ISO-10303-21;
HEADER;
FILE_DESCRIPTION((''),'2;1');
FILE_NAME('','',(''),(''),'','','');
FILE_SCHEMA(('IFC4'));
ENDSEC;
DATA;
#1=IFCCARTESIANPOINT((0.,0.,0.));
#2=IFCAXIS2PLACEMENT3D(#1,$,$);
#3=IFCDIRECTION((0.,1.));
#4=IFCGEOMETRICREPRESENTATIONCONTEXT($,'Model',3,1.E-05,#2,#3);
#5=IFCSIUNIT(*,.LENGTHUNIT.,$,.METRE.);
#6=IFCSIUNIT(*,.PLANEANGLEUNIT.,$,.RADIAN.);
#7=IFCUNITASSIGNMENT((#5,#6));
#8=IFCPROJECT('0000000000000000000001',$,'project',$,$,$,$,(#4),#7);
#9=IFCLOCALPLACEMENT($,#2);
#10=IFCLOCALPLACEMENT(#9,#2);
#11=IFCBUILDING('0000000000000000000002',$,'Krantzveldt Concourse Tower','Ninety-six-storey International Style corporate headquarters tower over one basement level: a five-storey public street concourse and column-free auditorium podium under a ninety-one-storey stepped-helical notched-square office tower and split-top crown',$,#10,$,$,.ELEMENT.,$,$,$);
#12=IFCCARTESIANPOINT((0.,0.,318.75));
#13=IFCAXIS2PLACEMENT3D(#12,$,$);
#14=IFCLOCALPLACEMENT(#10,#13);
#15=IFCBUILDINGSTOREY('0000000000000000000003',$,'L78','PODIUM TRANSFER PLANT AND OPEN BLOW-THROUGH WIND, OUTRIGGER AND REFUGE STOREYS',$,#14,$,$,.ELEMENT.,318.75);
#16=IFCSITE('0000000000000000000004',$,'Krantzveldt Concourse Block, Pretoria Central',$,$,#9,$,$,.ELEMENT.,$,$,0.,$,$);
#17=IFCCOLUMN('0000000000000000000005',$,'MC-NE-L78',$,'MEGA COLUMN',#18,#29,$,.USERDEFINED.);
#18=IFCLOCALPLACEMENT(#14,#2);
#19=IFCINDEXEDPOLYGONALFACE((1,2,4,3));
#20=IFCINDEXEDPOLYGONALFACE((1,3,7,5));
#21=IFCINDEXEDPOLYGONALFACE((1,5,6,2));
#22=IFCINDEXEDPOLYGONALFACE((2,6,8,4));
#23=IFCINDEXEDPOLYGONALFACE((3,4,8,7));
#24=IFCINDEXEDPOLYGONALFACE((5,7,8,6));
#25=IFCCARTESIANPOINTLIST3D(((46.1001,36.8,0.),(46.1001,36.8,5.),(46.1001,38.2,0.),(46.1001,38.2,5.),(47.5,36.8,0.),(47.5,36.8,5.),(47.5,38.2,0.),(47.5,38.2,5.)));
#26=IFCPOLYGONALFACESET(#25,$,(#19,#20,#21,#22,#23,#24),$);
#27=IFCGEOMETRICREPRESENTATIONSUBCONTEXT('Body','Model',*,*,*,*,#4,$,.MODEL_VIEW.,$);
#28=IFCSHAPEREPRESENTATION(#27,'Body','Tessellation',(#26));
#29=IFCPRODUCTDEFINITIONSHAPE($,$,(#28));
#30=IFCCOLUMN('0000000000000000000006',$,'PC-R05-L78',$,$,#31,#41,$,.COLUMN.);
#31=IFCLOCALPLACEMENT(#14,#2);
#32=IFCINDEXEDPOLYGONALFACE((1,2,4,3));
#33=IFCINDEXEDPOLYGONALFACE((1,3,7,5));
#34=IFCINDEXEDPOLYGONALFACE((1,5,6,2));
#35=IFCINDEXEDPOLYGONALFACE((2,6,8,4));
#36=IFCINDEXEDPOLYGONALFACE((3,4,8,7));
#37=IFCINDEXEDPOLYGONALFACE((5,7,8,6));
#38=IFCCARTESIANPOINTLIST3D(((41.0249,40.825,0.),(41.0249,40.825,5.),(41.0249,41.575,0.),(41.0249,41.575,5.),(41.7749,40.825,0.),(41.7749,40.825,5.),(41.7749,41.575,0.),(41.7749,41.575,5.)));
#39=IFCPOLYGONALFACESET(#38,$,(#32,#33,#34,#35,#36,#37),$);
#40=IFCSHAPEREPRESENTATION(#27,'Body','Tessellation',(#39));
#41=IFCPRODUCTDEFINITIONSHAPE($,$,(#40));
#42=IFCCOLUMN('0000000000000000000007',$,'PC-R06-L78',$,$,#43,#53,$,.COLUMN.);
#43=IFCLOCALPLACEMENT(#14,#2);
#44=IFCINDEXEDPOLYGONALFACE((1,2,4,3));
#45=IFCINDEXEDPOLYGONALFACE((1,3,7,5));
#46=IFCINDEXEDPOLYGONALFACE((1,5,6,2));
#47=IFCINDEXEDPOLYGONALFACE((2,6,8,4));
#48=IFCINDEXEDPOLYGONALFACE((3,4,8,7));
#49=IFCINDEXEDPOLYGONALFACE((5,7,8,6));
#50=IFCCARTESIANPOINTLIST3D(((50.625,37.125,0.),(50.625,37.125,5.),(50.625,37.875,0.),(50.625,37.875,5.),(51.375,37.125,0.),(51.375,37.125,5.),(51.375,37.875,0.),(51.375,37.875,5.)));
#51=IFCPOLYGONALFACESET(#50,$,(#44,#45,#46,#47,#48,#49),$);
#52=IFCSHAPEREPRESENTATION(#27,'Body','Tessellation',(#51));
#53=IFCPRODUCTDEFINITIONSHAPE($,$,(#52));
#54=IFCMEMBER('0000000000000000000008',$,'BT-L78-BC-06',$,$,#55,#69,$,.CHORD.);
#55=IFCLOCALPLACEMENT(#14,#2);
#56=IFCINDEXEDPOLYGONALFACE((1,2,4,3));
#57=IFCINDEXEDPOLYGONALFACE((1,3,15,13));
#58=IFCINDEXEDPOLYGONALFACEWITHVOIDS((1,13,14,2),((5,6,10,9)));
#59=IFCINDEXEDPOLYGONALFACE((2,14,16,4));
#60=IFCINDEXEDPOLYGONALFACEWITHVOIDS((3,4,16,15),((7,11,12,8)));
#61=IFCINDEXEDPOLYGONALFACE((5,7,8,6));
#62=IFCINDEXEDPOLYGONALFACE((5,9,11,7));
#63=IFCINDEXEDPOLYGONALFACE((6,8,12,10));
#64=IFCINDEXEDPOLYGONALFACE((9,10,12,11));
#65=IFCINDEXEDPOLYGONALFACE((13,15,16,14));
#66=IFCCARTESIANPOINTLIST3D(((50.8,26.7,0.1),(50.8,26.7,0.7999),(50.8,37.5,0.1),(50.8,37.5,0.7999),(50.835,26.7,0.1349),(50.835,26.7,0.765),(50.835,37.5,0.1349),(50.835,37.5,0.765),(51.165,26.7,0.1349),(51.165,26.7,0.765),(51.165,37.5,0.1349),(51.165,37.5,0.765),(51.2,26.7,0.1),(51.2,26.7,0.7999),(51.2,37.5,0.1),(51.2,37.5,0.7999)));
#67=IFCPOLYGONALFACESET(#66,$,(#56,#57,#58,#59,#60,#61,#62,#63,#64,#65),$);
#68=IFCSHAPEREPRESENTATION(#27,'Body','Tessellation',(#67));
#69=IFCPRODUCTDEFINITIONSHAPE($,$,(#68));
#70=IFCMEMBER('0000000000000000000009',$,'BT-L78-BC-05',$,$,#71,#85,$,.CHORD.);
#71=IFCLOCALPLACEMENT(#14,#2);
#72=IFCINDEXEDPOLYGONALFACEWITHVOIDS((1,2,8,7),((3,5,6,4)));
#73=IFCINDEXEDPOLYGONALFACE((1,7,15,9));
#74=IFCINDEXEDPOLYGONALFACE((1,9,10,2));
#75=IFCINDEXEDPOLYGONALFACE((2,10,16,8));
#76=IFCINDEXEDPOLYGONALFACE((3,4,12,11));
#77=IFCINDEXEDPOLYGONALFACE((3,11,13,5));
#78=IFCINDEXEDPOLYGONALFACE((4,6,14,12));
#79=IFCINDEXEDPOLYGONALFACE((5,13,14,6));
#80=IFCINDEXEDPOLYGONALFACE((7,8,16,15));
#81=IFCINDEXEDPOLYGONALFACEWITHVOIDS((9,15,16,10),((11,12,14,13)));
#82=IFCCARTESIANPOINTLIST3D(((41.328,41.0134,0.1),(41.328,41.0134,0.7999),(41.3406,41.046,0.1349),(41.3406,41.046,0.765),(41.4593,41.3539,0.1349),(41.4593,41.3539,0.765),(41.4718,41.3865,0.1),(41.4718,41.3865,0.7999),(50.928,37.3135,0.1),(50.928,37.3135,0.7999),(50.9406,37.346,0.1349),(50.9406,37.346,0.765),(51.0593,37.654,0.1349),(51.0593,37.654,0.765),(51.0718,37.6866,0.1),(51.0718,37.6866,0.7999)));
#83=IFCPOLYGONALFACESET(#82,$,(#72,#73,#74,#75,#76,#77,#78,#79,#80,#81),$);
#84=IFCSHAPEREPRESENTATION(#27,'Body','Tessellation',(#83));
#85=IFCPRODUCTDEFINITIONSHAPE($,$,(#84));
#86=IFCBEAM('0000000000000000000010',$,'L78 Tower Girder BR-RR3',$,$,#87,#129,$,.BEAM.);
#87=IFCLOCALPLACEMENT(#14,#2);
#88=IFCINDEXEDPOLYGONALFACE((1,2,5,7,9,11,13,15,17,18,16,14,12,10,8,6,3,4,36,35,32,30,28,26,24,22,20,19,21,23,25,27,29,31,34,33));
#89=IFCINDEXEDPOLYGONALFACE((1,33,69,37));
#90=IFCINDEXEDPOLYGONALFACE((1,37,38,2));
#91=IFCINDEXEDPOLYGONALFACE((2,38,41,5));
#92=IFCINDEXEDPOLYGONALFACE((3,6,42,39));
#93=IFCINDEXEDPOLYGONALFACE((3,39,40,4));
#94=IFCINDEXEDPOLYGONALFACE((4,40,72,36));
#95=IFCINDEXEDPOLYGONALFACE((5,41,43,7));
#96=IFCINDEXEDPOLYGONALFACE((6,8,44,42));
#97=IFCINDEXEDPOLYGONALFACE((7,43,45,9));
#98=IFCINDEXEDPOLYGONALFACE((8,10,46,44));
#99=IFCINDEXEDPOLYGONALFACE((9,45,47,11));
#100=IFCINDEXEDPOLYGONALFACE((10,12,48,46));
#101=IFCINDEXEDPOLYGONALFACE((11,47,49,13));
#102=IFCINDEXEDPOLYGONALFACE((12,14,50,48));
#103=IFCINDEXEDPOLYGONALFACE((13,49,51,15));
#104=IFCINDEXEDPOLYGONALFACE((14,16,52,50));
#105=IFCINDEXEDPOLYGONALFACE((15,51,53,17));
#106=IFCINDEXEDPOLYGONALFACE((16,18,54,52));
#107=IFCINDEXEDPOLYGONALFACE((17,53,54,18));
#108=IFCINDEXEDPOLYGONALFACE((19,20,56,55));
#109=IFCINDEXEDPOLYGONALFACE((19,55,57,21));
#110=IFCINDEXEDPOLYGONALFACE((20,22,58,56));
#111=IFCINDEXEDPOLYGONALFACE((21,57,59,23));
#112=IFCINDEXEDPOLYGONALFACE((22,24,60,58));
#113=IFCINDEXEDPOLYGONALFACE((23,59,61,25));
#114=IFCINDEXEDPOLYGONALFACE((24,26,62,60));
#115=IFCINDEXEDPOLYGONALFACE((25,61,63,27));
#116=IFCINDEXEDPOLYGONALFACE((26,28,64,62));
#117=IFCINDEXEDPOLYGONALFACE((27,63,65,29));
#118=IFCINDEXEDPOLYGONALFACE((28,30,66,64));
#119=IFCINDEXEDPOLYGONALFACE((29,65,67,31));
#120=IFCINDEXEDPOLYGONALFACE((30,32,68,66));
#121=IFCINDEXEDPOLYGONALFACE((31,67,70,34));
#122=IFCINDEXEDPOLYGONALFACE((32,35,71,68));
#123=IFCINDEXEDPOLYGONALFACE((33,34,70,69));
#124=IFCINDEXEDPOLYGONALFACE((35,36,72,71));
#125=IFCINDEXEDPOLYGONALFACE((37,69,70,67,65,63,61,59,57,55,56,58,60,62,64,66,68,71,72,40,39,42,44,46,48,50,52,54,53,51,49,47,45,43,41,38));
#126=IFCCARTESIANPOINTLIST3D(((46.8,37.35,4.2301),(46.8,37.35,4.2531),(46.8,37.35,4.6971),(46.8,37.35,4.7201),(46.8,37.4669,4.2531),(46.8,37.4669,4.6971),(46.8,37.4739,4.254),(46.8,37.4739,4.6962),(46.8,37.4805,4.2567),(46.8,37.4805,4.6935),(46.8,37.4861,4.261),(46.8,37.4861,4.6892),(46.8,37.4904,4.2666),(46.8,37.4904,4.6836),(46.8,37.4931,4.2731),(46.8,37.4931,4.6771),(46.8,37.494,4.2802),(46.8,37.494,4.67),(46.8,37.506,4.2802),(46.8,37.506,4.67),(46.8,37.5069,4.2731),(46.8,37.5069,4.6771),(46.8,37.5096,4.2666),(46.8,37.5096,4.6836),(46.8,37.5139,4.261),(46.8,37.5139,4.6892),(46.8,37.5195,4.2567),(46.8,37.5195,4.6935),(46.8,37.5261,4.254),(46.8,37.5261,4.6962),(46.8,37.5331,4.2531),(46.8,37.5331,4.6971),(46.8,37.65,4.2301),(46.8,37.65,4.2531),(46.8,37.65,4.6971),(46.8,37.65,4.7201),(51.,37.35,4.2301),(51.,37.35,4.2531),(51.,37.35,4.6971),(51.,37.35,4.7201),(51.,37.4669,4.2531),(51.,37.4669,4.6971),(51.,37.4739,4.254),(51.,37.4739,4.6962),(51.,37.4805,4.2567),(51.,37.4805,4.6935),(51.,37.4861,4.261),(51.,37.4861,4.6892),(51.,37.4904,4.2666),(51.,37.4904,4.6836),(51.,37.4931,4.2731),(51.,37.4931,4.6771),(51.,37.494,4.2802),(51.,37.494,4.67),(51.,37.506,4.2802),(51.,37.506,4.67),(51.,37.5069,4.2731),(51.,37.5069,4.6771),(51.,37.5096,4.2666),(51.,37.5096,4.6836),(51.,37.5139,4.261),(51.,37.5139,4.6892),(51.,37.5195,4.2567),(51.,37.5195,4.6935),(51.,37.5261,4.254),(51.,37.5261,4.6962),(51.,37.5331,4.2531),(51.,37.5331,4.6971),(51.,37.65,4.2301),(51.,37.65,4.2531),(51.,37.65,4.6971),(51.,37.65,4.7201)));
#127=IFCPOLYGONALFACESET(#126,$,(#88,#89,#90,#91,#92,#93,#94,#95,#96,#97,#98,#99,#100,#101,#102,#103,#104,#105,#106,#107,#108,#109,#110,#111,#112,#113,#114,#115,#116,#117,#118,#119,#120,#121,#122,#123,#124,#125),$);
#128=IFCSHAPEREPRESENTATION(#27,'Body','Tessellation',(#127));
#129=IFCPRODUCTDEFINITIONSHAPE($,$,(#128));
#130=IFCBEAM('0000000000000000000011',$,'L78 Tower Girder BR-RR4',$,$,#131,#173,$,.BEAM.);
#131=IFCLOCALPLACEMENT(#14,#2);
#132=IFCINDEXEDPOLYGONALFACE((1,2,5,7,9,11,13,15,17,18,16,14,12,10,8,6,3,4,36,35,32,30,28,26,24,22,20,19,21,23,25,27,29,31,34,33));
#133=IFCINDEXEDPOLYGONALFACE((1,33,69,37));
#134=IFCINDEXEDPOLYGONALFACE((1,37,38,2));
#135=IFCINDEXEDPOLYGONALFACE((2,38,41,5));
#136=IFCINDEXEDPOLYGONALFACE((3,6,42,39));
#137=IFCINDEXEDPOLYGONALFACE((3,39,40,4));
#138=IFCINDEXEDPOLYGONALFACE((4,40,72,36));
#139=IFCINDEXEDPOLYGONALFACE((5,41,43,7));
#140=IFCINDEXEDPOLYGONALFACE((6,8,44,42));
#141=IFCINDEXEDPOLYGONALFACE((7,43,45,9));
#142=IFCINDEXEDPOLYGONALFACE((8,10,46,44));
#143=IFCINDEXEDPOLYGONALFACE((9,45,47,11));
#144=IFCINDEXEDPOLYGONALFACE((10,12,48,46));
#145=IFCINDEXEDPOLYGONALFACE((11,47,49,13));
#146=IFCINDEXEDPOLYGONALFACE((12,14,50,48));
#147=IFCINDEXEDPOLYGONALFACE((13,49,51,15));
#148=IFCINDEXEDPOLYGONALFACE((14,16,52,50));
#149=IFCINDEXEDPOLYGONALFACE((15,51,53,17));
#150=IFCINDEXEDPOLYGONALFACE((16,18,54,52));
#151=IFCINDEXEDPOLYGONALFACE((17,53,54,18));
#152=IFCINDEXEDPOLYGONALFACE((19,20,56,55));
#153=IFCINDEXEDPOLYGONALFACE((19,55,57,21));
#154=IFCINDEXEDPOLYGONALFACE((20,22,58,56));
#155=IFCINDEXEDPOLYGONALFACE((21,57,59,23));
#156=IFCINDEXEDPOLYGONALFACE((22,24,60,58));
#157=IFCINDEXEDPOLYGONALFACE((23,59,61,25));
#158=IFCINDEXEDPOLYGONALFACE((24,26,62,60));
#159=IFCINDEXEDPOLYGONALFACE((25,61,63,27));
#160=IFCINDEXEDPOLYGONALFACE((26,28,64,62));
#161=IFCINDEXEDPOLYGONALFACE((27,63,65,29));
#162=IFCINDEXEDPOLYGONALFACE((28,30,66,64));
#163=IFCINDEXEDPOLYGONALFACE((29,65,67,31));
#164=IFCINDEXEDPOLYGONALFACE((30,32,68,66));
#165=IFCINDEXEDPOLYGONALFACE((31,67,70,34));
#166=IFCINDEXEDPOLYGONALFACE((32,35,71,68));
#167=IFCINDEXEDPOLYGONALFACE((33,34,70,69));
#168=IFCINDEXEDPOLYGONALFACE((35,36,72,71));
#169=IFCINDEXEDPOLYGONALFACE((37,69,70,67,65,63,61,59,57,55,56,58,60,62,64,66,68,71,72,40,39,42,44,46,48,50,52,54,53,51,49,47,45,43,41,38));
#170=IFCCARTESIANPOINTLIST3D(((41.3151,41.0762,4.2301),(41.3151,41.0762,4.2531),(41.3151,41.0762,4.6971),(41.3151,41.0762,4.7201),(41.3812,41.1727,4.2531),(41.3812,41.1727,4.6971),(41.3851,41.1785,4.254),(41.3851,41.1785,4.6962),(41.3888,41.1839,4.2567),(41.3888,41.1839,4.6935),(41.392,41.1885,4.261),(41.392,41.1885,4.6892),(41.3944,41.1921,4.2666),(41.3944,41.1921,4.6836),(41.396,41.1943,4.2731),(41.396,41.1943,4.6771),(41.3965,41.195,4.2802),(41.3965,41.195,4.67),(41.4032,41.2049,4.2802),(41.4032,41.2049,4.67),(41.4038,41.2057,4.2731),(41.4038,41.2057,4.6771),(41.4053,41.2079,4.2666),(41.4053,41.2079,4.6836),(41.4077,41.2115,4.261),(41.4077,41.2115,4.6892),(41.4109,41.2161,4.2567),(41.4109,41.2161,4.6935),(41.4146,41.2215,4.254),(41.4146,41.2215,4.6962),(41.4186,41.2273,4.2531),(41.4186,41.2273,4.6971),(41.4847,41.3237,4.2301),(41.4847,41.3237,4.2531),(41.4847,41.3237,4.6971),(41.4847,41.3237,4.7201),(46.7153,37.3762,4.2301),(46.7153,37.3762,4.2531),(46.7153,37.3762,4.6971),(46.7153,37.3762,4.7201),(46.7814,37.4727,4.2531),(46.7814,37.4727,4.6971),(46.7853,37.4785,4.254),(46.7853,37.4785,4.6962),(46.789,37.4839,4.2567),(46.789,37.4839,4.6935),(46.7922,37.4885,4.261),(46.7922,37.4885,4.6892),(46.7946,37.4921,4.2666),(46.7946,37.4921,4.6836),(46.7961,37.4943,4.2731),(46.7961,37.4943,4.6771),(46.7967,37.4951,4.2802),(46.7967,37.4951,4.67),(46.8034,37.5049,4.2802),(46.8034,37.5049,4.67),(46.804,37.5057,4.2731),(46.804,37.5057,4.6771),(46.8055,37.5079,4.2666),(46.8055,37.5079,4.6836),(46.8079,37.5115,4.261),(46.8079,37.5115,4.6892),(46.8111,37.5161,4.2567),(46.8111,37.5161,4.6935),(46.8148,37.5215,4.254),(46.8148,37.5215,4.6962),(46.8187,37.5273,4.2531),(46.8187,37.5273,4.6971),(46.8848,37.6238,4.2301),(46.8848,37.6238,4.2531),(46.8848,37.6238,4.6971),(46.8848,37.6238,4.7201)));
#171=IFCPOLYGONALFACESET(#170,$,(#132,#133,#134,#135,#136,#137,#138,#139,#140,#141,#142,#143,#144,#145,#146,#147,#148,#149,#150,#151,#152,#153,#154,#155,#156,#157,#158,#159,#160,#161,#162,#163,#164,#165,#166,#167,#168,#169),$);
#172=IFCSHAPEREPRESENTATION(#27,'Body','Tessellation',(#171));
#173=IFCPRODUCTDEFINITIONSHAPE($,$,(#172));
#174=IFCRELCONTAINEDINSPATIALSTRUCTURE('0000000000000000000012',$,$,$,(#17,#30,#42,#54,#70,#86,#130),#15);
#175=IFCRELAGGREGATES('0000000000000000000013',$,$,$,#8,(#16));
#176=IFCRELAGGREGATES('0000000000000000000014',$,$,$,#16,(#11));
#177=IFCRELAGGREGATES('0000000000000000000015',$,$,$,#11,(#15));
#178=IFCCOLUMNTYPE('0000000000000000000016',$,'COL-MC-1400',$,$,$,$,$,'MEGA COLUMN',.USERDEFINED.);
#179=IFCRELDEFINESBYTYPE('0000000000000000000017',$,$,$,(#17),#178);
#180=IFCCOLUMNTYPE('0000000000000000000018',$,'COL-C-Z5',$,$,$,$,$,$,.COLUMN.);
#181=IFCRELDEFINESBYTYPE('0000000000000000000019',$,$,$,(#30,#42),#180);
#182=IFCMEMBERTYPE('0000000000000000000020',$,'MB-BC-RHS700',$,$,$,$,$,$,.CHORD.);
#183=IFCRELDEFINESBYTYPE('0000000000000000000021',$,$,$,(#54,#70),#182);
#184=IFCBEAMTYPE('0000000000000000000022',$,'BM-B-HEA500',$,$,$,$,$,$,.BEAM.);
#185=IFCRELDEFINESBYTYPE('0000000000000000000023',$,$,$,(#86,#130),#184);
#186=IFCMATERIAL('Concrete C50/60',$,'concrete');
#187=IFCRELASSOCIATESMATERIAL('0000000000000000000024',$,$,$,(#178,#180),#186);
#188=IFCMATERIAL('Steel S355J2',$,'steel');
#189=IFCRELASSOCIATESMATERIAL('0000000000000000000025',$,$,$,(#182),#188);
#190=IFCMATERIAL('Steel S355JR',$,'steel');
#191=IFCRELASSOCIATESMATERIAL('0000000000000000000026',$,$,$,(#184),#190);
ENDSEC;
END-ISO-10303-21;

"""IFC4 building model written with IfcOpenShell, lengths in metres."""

from ifc_helpers import new_model, si_unit, direction, frame, origin, origin_2d, place, context, subcontext, project, spatial, rectangle, hollow_rectangle, i_section, extrude, source, transform, mapped, material, material_profile, profile_set, type_object, type_shapes, element, save


model = new_model("IFC4")

# Units and contexts
model_context = context("Model", 3, precision=1e-05, world=origin(), true_north=direction((0.0, 1.0)))
body_context = subcontext(model_context, "Body", "Model", "MODEL_VIEW")
ifc_project = project(units=[si_unit("LENGTHUNIT", "METRE"), si_unit("PLANEANGLEUNIT", "RADIAN")], contexts=[model_context])

# Site, building, storey
site_placement = place(None, origin())
site = spatial("IfcSite", under=ifc_project, at=site_placement, Name="Krantzveldt Concourse Block, Pretoria Central", CompositionType="ELEMENT", RefElevation=0.0)
building_placement = place(site_placement, origin())
building = spatial("IfcBuilding", under=site, at=building_placement, Name="Krantzveldt Concourse Tower", Description="Ninety-six-storey International Style corporate headquarters tower over one basement level: a five-storey public street concourse and column-free auditorium podium under a ninety-one-storey stepped-helical notched-square office tower and split-top crown", CompositionType="ELEMENT")
storey_placement = place(building_placement, frame((0.0, 0.0, 318.75)))
storey = spatial("IfcBuildingStorey", under=building, at=storey_placement, Name="L78", Description="PODIUM TRANSFER PLANT AND OPEN BLOW-THROUGH WIND, OUTRIGGER AND REFUGE STOREYS", CompositionType="ELEMENT", Elevation=318.75)

# Columns
ifc_material_1 = material(Name="Concrete C50/60", Category="concrete")
ifc_material_profile_1 = material_profile(ifc_material_1, rectangle(XDim=1.3999, YDim=1.3999, at=origin_2d()), Name="Concrete C50/60", Category="concrete")
ifc_profile_set_1 = profile_set([ifc_material_profile_1], Name="Concrete C50/60 - RC 1400x1400")
column_type_1 = type_object("IfcColumnType", Name="COL-MC-1400", ElementType="MEGA COLUMN", PredefinedType="USERDEFINED", material=ifc_profile_set_1)
shared_shape_1 = source(origin(), body_context, "Body", "SweptSolid", [
    extrude(rectangle(XDim=1.3999, YDim=1.3999, at=origin_2d()), origin(), (0.0, 0.0, 1.0), 5.0),
])
type_shapes(column_type_1, [shared_shape_1])
column_placement = place(storey_placement, frame((46.8, 37.5, 0.0), z_axis=(0.0, 0.0, 1.0), x_axis=(1.0, 0.0, 0.0)))
element("IfcColumn", 1, at=column_placement, inside=storey, type_object=column_type_1, Name="MC-NE-L78", ObjectType="MEGA COLUMN", PredefinedType="USERDEFINED", context=body_context, shape_type="MappedRepresentation", body=[
    mapped(shared_shape_1, transform((0.0, 0.0, 0.0), x_axis=(1.0, 0.0, 0.0), y_axis=(0.0, 1.0, 0.0), z_axis=(0.0, 0.0, 1.0), scale=1.0)),
])
ifc_material_profile_2 = material_profile(ifc_material_1, rectangle(XDim=0.75, YDim=0.75, at=origin_2d()), Name="Concrete C50/60", Category="concrete")
ifc_profile_set_2 = profile_set([ifc_material_profile_2], Name="Concrete C50/60 - RC 750x750")
column_type_2 = type_object("IfcColumnType", Name="COL-C-Z5", PredefinedType="COLUMN", material=ifc_profile_set_2)
shared_shape_2 = source(origin(), body_context, "Body", "SweptSolid", [
    extrude(rectangle(XDim=0.75, YDim=0.75, at=origin_2d()), origin(), (0.0, 0.0, 1.0), 5.0),
])
type_shapes(column_type_2, [shared_shape_2])
for number, where, z_axis, x_axis, name in (
    (2, (41.3999, 41.2, 0.0), (0.0, 0.0, 1.0), (1.0, 0.0, 0.0), "PC-R05-L78"),
    (3, (51.0, 37.5, 0.0), (0.0, 0.0, 1.0), (1.0, 0.0, 0.0), "PC-R06-L78"),
):
    element("IfcColumn", number, at=place(storey_placement, frame(where, z_axis=z_axis, x_axis=x_axis)), inside=storey, type_object=column_type_2, Name=name, PredefinedType="COLUMN", context=body_context, shape_type="MappedRepresentation", body=[
        mapped(shared_shape_2, transform((0.0, 0.0, 0.0), x_axis=(1.0, 0.0, 0.0), y_axis=(0.0, 1.0, 0.0), z_axis=(0.0, 0.0, 1.0), scale=1.0)),
    ])

# Members
ifc_material_2 = material(Name="Steel S355J2", Category="steel")
ifc_material_profile_3 = material_profile(ifc_material_2, hollow_rectangle(XDim=0.3999, YDim=0.7, WallThickness=0.0349, at=origin_2d()), Name="Steel S355J2", Category="steel")
ifc_profile_set_3 = profile_set([ifc_material_profile_3], Name="Steel S355J2 - RHS 700x400x35")
member_type_1 = type_object("IfcMemberType", Name="MB-BC-RHS700", PredefinedType="CHORD", material=ifc_profile_set_3)
shared_shape_3 = source(origin(), body_context, "Body", "SweptSolid", [
    extrude(hollow_rectangle(XDim=0.3999, YDim=0.7, WallThickness=0.0349, at=origin_2d()), origin(), (0.0, 0.0, 1.0), 10.8),
])
member_1_placement = place(storey_placement, frame((51.0, 37.5, 0.45), z_axis=(0.0, -1.0, 0.0), x_axis=(1.0, 0.0, 0.0)))
element("IfcMember", 4, at=member_1_placement, inside=storey, type_object=member_type_1, Name="BT-L78-BC-06", PredefinedType="CHORD", context=body_context, shape_type="MappedRepresentation", body=[
    mapped(shared_shape_3, transform((0.0, 0.0, 0.0), x_axis=(1.0, 0.0, 0.0), y_axis=(0.0, 1.0, 0.0), z_axis=(0.0, 0.0, 1.0), scale=1.0)),
])
shared_shape_4 = source(origin(), body_context, "Body", "SweptSolid", [
    extrude(hollow_rectangle(XDim=0.3999, YDim=0.7, WallThickness=0.0349, at=origin_2d()), origin(), (0.0, 0.0, 1.0), 10.2883),
])
type_shapes(member_type_1, [shared_shape_3, shared_shape_4])
member_2_placement = place(storey_placement, frame((41.3999, 41.2, 0.45), z_axis=(0.933098, -0.359623, 0.0), x_axis=(0.359623, 0.933098, 0.0)))
element("IfcMember", 5, at=member_2_placement, inside=storey, type_object=member_type_1, Name="BT-L78-BC-05", PredefinedType="CHORD", context=body_context, shape_type="MappedRepresentation", body=[
    mapped(shared_shape_4, transform((0.0, 0.0, 0.0), x_axis=(1.0, 0.0, 0.0), y_axis=(0.0, 1.0, 0.0), z_axis=(0.0, 0.0, 1.0), scale=1.0)),
])

# Beams
ifc_material_3 = material(Name="Steel S355JR", Category="steel")
ifc_material_profile_4 = material_profile(ifc_material_3, i_section(OverallWidth=0.3, OverallDepth=0.49, WebThickness=0.012, FlangeThickness=0.0229, FilletRadius=0.0271, at=origin_2d()), Name="Steel S355JR", Category="steel")
ifc_profile_set_4 = profile_set([ifc_material_profile_4], Name="Steel S355JR - HEA 500")
beam_type_1 = type_object("IfcBeamType", Name="BM-B-HEA500", PredefinedType="BEAM", material=ifc_profile_set_4)
shared_shape_5 = source(origin(), body_context, "Body", "SweptSolid", [
    extrude(i_section(OverallWidth=0.3, OverallDepth=0.49, WebThickness=0.012, FlangeThickness=0.0229, FilletRadius=0.0271, at=origin_2d()), origin(), (0.0, 0.0, 1.0), 4.2),
])
beam_1_placement = place(storey_placement, frame((46.8, 37.5, 4.4751), z_axis=(1.0, 0.0, 0.0), x_axis=(0.0, 1.0, 0.0)))
element("IfcBeam", 6, at=beam_1_placement, inside=storey, type_object=beam_type_1, Name="L78 Tower Girder BR-RR3", PredefinedType="BEAM", context=body_context, shape_type="MappedRepresentation", body=[
    mapped(shared_shape_5, transform((0.0, 0.0, 0.0), x_axis=(1.0, 0.0, 0.0), y_axis=(0.0, 1.0, 0.0), z_axis=(0.0, 0.0, 1.0), scale=1.0)),
])
shared_shape_6 = source(origin(), body_context, "Body", "SweptSolid", [
    extrude(i_section(OverallWidth=0.3, OverallDepth=0.49, WebThickness=0.012, FlangeThickness=0.0229, FilletRadius=0.0271, at=origin_2d()), origin(), (0.0, 0.0, 1.0), 6.5461),
])
type_shapes(beam_type_1, [shared_shape_5, shared_shape_6])
beam_2_placement = place(storey_placement, frame((46.8, 37.5, 4.4751), z_axis=(-0.824943, 0.565216, 0.0), x_axis=(-0.565216, -0.824943, 0.0)))
element("IfcBeam", 7, at=beam_2_placement, inside=storey, type_object=beam_type_1, Name="L78 Tower Girder BR-RR4", PredefinedType="BEAM", context=body_context, shape_type="MappedRepresentation", body=[
    mapped(shared_shape_6, transform((0.0, 0.0, 0.0), x_axis=(1.0, 0.0, 0.0), y_axis=(0.0, 1.0, 0.0), z_axis=(0.0, 0.0, 1.0), scale=1.0)),
])

save(model, "model.ifc")
